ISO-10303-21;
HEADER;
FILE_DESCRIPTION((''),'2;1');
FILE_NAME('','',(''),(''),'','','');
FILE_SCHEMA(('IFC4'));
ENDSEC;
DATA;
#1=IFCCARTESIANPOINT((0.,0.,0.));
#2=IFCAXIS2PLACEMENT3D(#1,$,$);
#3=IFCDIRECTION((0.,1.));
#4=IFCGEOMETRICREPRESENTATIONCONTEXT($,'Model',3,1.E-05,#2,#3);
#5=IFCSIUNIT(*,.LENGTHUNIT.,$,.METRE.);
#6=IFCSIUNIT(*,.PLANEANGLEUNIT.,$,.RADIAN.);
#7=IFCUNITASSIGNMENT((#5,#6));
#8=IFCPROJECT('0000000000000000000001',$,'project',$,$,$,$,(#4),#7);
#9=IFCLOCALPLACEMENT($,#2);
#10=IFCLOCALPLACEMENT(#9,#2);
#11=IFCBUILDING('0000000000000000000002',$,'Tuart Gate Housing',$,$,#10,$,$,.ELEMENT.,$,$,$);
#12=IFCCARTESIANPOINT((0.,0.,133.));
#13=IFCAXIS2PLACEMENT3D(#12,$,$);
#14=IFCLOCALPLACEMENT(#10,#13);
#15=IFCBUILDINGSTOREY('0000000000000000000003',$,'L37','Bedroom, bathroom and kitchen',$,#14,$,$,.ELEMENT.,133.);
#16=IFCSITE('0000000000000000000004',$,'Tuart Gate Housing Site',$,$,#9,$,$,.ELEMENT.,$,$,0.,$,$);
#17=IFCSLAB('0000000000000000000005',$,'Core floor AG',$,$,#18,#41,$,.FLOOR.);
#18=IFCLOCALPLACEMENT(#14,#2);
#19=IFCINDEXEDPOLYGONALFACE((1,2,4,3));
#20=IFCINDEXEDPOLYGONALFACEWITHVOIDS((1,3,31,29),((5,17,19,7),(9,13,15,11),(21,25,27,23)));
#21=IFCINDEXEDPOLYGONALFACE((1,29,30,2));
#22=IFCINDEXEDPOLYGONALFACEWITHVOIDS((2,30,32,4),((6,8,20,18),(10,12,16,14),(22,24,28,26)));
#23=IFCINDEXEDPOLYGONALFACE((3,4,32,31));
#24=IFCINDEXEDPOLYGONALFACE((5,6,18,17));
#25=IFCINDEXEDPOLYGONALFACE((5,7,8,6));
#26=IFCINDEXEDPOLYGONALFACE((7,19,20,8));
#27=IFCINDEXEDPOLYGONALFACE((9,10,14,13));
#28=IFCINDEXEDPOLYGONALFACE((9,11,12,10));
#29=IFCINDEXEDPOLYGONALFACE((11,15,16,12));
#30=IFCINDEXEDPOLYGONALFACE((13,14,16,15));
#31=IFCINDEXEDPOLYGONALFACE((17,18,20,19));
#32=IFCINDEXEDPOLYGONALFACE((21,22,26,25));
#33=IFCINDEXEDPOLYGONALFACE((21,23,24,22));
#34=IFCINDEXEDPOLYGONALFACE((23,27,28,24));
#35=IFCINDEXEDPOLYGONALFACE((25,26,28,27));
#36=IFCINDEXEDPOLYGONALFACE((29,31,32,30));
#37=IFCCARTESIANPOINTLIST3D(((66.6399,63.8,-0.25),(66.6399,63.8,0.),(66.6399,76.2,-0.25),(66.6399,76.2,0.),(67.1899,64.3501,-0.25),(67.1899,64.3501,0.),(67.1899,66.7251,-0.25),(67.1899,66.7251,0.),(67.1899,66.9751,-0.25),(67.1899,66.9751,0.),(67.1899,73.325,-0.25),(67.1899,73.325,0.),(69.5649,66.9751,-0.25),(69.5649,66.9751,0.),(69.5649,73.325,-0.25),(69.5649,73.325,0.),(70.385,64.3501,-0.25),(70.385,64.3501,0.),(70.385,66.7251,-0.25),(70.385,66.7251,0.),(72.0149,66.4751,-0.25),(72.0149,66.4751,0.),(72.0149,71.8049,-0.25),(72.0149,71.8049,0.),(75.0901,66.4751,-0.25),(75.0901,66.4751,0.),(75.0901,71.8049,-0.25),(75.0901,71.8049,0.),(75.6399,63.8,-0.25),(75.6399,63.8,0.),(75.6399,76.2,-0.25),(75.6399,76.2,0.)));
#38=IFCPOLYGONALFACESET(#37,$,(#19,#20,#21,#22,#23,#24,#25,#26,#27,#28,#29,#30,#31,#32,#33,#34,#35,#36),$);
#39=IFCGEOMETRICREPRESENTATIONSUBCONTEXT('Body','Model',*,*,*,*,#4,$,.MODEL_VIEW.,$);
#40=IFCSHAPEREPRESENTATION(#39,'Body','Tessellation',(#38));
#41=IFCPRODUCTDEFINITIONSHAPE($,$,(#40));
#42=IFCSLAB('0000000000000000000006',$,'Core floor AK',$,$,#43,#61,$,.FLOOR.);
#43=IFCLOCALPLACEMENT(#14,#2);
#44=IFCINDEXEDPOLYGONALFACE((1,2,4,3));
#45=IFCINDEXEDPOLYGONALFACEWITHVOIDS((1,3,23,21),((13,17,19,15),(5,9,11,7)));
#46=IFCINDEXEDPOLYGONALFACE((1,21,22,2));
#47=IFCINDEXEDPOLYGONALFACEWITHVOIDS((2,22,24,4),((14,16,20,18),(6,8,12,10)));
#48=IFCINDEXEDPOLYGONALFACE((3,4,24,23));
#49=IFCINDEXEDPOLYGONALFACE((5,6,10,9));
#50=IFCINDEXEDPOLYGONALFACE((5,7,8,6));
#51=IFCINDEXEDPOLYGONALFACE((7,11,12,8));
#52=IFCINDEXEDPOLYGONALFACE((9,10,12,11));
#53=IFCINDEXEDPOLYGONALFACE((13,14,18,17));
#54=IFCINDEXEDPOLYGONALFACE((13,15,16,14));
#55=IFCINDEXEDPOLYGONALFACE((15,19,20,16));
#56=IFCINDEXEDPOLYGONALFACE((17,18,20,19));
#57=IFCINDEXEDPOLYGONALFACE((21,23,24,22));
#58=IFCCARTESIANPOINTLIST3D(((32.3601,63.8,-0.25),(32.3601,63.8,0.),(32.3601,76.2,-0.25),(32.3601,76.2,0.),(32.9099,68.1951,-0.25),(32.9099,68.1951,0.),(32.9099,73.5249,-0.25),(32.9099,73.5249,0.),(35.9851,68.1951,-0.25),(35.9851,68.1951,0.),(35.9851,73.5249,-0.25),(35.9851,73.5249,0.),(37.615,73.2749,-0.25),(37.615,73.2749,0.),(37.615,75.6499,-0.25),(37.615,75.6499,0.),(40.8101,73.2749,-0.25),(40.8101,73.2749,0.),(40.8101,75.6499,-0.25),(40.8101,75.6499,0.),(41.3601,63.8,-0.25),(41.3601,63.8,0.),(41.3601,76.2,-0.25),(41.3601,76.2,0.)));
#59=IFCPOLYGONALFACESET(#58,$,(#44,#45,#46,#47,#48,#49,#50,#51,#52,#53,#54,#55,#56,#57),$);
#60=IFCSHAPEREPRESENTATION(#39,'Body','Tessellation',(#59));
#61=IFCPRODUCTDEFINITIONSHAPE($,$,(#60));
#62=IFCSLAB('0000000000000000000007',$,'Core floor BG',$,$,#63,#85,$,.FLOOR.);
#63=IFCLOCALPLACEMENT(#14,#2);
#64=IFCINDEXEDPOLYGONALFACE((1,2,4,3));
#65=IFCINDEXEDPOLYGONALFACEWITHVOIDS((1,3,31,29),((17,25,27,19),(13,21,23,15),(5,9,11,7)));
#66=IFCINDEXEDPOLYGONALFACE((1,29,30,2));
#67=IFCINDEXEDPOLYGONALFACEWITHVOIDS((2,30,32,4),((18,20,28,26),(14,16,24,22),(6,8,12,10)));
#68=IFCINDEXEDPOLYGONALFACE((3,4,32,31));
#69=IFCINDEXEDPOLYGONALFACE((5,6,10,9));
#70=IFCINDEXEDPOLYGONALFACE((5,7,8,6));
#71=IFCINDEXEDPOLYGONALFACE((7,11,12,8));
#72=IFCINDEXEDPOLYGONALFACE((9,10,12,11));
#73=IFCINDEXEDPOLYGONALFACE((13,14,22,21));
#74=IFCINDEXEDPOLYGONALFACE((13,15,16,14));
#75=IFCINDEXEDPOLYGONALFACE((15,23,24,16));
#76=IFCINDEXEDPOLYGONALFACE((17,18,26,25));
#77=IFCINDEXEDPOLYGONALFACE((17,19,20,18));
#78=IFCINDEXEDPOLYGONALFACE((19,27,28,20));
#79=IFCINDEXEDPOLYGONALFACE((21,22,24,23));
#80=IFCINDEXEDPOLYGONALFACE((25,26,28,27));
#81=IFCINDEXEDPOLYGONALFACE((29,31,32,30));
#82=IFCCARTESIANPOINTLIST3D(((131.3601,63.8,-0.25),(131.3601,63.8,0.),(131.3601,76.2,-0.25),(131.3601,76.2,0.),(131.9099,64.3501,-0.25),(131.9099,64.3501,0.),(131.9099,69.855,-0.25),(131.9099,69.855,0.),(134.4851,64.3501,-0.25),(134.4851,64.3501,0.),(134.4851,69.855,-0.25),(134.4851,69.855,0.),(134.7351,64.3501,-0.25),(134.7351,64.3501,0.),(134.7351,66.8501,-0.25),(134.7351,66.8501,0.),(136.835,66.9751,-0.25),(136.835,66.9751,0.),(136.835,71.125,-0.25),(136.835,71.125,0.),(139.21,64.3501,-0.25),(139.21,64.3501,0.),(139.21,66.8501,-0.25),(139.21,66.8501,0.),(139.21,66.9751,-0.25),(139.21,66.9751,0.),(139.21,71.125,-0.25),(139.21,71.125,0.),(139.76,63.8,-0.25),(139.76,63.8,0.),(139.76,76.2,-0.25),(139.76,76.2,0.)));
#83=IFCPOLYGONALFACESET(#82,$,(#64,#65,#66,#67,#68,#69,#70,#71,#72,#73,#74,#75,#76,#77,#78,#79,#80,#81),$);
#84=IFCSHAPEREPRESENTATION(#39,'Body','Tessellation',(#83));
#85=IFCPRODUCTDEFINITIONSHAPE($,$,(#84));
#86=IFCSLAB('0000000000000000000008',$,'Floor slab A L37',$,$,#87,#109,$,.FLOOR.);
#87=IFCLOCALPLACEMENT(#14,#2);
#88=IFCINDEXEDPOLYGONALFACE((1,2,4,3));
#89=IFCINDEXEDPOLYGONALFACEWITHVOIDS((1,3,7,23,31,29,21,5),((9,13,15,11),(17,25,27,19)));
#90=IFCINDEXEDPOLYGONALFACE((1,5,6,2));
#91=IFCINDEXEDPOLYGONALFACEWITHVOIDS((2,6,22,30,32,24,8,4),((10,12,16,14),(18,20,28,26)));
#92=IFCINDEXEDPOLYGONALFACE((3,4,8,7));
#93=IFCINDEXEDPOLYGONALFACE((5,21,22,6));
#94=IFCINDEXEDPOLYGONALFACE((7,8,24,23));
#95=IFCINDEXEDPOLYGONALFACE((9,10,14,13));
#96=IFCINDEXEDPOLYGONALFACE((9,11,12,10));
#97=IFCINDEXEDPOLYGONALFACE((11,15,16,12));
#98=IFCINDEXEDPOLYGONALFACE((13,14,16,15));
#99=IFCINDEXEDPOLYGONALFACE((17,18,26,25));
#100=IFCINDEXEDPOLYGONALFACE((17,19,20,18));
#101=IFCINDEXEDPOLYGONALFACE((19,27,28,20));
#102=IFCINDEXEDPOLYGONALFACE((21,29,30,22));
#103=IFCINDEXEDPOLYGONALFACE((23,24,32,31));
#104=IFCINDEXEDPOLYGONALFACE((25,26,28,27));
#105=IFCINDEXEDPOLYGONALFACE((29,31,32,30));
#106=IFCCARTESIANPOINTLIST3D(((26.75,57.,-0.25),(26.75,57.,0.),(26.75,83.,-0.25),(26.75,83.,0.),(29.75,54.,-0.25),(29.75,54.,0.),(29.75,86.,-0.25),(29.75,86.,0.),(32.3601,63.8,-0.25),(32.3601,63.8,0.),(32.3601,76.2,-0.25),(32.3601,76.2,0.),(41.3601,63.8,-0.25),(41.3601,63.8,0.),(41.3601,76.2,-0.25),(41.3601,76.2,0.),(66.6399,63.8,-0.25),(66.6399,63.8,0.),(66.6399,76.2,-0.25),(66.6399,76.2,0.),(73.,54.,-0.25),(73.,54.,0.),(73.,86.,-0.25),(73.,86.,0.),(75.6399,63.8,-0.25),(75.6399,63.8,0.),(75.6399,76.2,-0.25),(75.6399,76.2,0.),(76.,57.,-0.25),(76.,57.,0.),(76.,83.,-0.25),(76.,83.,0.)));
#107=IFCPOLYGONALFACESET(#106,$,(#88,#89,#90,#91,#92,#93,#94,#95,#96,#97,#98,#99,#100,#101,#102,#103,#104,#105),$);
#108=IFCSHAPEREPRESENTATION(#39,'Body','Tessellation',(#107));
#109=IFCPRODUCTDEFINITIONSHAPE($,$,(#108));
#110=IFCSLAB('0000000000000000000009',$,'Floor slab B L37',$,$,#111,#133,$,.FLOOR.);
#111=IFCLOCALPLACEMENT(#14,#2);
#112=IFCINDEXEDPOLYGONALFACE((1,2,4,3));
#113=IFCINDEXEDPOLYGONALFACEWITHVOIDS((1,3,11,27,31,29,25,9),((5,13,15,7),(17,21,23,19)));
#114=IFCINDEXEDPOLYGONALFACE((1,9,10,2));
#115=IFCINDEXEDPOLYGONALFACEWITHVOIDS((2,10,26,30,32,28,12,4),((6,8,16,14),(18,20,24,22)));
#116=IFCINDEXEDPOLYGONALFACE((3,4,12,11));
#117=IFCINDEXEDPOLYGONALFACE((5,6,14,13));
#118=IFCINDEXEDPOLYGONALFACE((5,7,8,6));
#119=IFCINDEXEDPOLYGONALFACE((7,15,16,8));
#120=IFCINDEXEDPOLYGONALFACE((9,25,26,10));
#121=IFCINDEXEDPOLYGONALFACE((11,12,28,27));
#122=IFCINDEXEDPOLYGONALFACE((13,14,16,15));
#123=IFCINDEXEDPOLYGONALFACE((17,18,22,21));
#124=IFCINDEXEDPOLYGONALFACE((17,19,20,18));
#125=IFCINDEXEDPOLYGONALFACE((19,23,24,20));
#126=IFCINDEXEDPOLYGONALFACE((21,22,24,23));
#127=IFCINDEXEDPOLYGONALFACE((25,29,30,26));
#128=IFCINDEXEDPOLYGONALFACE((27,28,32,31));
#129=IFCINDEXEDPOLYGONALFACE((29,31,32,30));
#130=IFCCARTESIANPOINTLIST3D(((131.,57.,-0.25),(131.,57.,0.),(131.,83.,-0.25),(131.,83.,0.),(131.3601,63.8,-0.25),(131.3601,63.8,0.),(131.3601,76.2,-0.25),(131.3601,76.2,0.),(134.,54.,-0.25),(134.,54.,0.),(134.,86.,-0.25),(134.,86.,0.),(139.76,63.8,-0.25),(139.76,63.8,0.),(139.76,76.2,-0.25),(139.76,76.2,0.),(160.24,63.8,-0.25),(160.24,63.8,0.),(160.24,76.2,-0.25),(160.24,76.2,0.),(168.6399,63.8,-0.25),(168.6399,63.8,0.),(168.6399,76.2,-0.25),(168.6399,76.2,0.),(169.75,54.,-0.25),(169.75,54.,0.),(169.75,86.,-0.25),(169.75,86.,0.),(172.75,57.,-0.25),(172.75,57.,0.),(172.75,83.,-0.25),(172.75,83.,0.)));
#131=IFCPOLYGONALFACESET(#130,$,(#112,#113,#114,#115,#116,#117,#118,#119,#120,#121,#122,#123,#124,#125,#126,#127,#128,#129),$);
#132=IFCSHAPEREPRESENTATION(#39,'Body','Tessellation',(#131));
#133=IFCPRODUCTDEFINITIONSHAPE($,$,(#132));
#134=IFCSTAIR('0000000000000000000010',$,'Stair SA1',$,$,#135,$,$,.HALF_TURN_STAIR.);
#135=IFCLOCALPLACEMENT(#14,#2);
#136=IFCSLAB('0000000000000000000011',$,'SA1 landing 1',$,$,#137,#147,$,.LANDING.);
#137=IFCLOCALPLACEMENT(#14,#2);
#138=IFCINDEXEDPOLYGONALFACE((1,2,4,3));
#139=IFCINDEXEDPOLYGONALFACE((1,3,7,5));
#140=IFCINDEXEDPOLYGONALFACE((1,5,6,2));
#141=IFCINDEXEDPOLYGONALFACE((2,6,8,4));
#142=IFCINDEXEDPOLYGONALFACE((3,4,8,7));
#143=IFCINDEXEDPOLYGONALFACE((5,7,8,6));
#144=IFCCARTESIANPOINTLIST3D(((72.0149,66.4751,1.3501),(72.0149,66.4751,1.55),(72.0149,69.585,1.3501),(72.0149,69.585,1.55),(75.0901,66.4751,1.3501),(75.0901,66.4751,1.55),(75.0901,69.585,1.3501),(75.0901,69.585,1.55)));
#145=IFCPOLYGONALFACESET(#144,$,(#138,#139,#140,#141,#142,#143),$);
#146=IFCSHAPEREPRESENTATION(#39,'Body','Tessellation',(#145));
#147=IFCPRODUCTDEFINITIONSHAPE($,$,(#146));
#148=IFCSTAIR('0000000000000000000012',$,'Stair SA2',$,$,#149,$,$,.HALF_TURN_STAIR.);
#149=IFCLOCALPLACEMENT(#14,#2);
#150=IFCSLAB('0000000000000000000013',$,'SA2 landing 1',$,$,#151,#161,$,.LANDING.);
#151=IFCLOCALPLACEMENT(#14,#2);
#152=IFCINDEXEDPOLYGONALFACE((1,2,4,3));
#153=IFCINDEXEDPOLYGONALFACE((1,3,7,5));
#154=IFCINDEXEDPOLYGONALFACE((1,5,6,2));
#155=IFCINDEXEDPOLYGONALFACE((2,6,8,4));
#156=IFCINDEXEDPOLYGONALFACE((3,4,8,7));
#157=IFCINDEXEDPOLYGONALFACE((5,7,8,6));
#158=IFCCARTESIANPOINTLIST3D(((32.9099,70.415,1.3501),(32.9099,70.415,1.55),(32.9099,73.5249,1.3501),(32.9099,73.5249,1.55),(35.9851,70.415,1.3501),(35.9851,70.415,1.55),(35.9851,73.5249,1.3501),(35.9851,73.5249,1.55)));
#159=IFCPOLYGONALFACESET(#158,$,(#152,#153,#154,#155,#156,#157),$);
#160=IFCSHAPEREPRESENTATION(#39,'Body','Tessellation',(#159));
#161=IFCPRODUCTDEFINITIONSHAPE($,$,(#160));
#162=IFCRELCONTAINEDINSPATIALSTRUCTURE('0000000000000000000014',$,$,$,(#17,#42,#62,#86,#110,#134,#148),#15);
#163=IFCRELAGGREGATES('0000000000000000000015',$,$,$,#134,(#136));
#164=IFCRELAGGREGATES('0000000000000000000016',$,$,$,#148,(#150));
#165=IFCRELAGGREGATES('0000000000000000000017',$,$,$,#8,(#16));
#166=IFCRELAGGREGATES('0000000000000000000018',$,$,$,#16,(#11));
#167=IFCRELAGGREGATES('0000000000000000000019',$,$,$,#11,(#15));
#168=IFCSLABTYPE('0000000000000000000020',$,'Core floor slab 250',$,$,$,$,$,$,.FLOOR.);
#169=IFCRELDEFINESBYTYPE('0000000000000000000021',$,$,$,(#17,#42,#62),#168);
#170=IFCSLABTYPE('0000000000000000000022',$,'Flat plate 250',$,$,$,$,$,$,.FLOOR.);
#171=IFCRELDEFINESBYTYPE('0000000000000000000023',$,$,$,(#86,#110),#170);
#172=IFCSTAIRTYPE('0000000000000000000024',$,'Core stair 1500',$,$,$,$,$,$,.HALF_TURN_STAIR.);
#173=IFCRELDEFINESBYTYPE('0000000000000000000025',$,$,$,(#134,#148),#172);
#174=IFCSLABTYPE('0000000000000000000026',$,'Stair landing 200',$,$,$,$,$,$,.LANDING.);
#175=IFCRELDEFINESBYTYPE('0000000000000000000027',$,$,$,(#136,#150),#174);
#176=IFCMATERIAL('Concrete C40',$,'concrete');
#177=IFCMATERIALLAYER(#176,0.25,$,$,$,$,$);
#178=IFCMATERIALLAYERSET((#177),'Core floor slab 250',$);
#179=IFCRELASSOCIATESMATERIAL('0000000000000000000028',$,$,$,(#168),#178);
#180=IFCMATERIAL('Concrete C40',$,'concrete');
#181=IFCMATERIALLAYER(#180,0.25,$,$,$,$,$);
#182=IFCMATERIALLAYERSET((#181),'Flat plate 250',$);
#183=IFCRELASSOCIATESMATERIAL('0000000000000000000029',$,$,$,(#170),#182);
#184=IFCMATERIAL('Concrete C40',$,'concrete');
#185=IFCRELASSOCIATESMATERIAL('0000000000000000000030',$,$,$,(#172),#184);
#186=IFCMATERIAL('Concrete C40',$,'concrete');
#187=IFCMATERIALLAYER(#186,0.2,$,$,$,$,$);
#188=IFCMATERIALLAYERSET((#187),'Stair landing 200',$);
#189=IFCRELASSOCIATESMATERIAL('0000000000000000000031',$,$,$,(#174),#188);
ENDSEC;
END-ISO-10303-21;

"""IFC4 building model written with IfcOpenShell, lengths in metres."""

from ifc_helpers import new_model, si_unit, direction, frame, origin, place, context, subcontext, project, spatial, polyline, outline, extrude, material, layer, layer_set, type_object, element, aggregate, save


model = new_model("IFC4")

# Units and contexts
model_context = context("Model", 3, precision=1e-05, world=origin(), true_north=direction((0.0, 1.0)))
body_context = subcontext(model_context, "Body", "Model", "MODEL_VIEW")
ifc_project = project(units=[si_unit("LENGTHUNIT", "METRE"), si_unit("PLANEANGLEUNIT", "RADIAN")], contexts=[model_context])

# Site, building, storey
site_placement = place(None, origin())
site = spatial("IfcSite", under=ifc_project, at=site_placement, Name="Tuart Gate Housing Site", CompositionType="ELEMENT", RefElevation=0.0)
building_placement = place(site_placement, origin())
building = spatial("IfcBuilding", under=site, at=building_placement, Name="Tuart Gate Housing", CompositionType="ELEMENT")
storey_placement = place(building_placement, frame((0.0, 0.0, 133.0)))
storey = spatial("IfcBuildingStorey", under=building, at=storey_placement, Name="L37", Description="Bedroom, bathroom and kitchen", CompositionType="ELEMENT", Elevation=133.0)

# Slabs
ifc_material_1 = material(Name="Concrete C40", Category="concrete")
ifc_layer_1 = layer(ifc_material_1, 0.25)
ifc_layer_set_1 = layer_set([ifc_layer_1], Name="Core floor slab 250")
slab_type_1 = type_object("IfcSlabType", Name="Core floor slab 250", PredefinedType="FLOOR", material=ifc_layer_set_1)
slab_1_placement = place(storey_placement, frame((0.0, 0.0, -0.25)))
element("IfcSlab", 1, at=slab_1_placement, inside=storey, type_object=slab_type_1, Name="Core floor AG", PredefinedType="FLOOR", context=body_context, shape_type="SweptSolid", body=[
    extrude(outline(polyline([(66.6399, 63.8), (75.6399, 63.8), (75.6399, 76.2), (66.6399, 76.2), (66.6399, 63.8)]), holes=[polyline([(67.1899, 64.3501), (70.385, 64.3501), (70.385, 66.7251), (67.1899, 66.7251), (67.1899, 64.3501)]), polyline([(67.1899, 66.9751), (69.5649, 66.9751), (69.5649, 73.325), (67.1899, 73.325), (67.1899, 66.9751)]), polyline([(72.0149, 66.4751), (75.0901, 66.4751), (75.0901, 71.8049), (72.0149, 71.8049), (72.0149, 66.4751)])]), origin(), (0.0, 0.0, 1.0), 0.25),
])
slab_2_placement = place(storey_placement, frame((0.0, 0.0, -0.25)))
element("IfcSlab", 2, at=slab_2_placement, inside=storey, type_object=slab_type_1, Name="Core floor AK", PredefinedType="FLOOR", context=body_context, shape_type="SweptSolid", body=[
    extrude(outline(polyline([(32.3601, 63.8), (41.3601, 63.8), (41.3601, 76.2), (32.3601, 76.2), (32.3601, 63.8)]), holes=[polyline([(40.8101, 75.6499), (37.615, 75.6499), (37.615, 73.2749), (40.8101, 73.2749), (40.8101, 75.6499)]), polyline([(35.9851, 73.5249), (32.9099, 73.5249), (32.9099, 68.1951), (35.9851, 68.1951), (35.9851, 73.5249)])]), origin(), (0.0, 0.0, 1.0), 0.25),
])
slab_3_placement = place(storey_placement, frame((0.0, 0.0, -0.25)))
element("IfcSlab", 3, at=slab_3_placement, inside=storey, type_object=slab_type_1, Name="Core floor BG", PredefinedType="FLOOR", context=body_context, shape_type="SweptSolid", body=[
    extrude(outline(polyline([(131.3601, 63.8), (139.76, 63.8), (139.76, 76.2), (131.3601, 76.2), (131.3601, 63.8)]), holes=[polyline([(139.21, 66.8501), (134.7351, 66.8501), (134.7351, 64.3501), (139.21, 64.3501), (139.21, 66.8501)]), polyline([(139.21, 71.125), (136.835, 71.125), (136.835, 66.9751), (139.21, 66.9751), (139.21, 71.125)]), polyline([(134.4851, 69.855), (131.9099, 69.855), (131.9099, 64.3501), (134.4851, 64.3501), (134.4851, 69.855)])]), origin(), (0.0, 0.0, 1.0), 0.25),
])
ifc_material_2 = material(Name="Concrete C40", Category="concrete")
ifc_layer_2 = layer(ifc_material_2, 0.25)
ifc_layer_set_2 = layer_set([ifc_layer_2], Name="Flat plate 250")
slab_type_2 = type_object("IfcSlabType", Name="Flat plate 250", PredefinedType="FLOOR", material=ifc_layer_set_2)
slab_4_placement = place(storey_placement, frame((0.0, 0.0, -0.25)))
element("IfcSlab", 4, at=slab_4_placement, inside=storey, type_object=slab_type_2, Name="Floor slab A L37", PredefinedType="FLOOR", context=body_context, shape_type="SweptSolid", body=[
    extrude(outline(polyline([(29.75, 86.0), (26.75, 83.0), (26.75, 57.0), (29.75, 54.0), (73.0, 54.0), (76.0, 57.0), (76.0, 83.0), (73.0, 86.0), (29.75, 86.0)]), holes=[polyline([(66.6399, 76.2), (75.6399, 76.2), (75.6399, 63.8), (66.6399, 63.8), (66.6399, 76.2)]), polyline([(41.3601, 76.2), (41.3601, 63.8), (32.3601, 63.8), (32.3601, 76.2), (41.3601, 76.2)])]), origin(), (0.0, 0.0, 1.0), 0.25),
])
slab_5_placement = place(storey_placement, frame((0.0, 0.0, -0.25)))
element("IfcSlab", 5, at=slab_5_placement, inside=storey, type_object=slab_type_2, Name="Floor slab B L37", PredefinedType="FLOOR", context=body_context, shape_type="SweptSolid", body=[
    extrude(outline(polyline([(134.0, 86.0), (131.0, 83.0), (131.0, 57.0), (134.0, 54.0), (169.75, 54.0), (172.75, 57.0), (172.75, 83.0), (169.75, 86.0), (134.0, 86.0)]), holes=[polyline([(131.3601, 76.2), (139.76, 76.2), (139.76, 63.8), (131.3601, 63.8), (131.3601, 76.2)]), polyline([(168.6399, 76.2), (168.6399, 63.8), (160.24, 63.8), (160.24, 76.2), (168.6399, 76.2)])]), origin(), (0.0, 0.0, 1.0), 0.25),
])

# Stairs, slabs
ifc_material_3 = material(Name="Concrete C40", Category="concrete")
stair_type = type_object("IfcStairType", Name="Core stair 1500", PredefinedType="HALF_TURN_STAIR", material=ifc_material_3)
stair_1_placement = place(storey_placement, origin())
stair_1 = element("IfcStair", 6, at=stair_1_placement, inside=storey, type_object=stair_type, Name="Stair SA1", PredefinedType="HALF_TURN_STAIR")
ifc_material_4 = material(Name="Concrete C40", Category="concrete")
ifc_layer_3 = layer(ifc_material_4, 0.2)
ifc_layer_set_3 = layer_set([ifc_layer_3], Name="Stair landing 200")
slab_type_3 = type_object("IfcSlabType", Name="Stair landing 200", PredefinedType="LANDING", material=ifc_layer_set_3)
slab_6_placement = place(storey_placement, frame((0.0, 0.0, 1.3501)))
slab_6 = element("IfcSlab", 7, at=slab_6_placement, type_object=slab_type_3, Name="SA1 landing 1", PredefinedType="LANDING", context=body_context, shape_type="SweptSolid", body=[
    extrude(outline(polyline([(72.0149, 66.4751), (75.0901, 66.4751), (75.0901, 69.585), (72.0149, 69.585), (72.0149, 66.4751)])), origin(), (0.0, 0.0, 1.0), 0.2),
])
aggregate(stair_1, [slab_6])
stair_2_placement = place(storey_placement, origin())
stair_2 = element("IfcStair", 8, at=stair_2_placement, inside=storey, type_object=stair_type, Name="Stair SA2", PredefinedType="HALF_TURN_STAIR")
slab_7_placement = place(storey_placement, frame((0.0, 0.0, 1.3501)))
slab_7 = element("IfcSlab", 9, at=slab_7_placement, type_object=slab_type_3, Name="SA2 landing 1", PredefinedType="LANDING", context=body_context, shape_type="SweptSolid", body=[
    extrude(outline(polyline([(35.9851, 73.5249), (32.9099, 73.5249), (32.9099, 70.415), (35.9851, 70.415), (35.9851, 73.5249)])), origin(), (0.0, 0.0, 1.0), 0.2),
])
aggregate(stair_2, [slab_7])

save(model, "model.ifc")
